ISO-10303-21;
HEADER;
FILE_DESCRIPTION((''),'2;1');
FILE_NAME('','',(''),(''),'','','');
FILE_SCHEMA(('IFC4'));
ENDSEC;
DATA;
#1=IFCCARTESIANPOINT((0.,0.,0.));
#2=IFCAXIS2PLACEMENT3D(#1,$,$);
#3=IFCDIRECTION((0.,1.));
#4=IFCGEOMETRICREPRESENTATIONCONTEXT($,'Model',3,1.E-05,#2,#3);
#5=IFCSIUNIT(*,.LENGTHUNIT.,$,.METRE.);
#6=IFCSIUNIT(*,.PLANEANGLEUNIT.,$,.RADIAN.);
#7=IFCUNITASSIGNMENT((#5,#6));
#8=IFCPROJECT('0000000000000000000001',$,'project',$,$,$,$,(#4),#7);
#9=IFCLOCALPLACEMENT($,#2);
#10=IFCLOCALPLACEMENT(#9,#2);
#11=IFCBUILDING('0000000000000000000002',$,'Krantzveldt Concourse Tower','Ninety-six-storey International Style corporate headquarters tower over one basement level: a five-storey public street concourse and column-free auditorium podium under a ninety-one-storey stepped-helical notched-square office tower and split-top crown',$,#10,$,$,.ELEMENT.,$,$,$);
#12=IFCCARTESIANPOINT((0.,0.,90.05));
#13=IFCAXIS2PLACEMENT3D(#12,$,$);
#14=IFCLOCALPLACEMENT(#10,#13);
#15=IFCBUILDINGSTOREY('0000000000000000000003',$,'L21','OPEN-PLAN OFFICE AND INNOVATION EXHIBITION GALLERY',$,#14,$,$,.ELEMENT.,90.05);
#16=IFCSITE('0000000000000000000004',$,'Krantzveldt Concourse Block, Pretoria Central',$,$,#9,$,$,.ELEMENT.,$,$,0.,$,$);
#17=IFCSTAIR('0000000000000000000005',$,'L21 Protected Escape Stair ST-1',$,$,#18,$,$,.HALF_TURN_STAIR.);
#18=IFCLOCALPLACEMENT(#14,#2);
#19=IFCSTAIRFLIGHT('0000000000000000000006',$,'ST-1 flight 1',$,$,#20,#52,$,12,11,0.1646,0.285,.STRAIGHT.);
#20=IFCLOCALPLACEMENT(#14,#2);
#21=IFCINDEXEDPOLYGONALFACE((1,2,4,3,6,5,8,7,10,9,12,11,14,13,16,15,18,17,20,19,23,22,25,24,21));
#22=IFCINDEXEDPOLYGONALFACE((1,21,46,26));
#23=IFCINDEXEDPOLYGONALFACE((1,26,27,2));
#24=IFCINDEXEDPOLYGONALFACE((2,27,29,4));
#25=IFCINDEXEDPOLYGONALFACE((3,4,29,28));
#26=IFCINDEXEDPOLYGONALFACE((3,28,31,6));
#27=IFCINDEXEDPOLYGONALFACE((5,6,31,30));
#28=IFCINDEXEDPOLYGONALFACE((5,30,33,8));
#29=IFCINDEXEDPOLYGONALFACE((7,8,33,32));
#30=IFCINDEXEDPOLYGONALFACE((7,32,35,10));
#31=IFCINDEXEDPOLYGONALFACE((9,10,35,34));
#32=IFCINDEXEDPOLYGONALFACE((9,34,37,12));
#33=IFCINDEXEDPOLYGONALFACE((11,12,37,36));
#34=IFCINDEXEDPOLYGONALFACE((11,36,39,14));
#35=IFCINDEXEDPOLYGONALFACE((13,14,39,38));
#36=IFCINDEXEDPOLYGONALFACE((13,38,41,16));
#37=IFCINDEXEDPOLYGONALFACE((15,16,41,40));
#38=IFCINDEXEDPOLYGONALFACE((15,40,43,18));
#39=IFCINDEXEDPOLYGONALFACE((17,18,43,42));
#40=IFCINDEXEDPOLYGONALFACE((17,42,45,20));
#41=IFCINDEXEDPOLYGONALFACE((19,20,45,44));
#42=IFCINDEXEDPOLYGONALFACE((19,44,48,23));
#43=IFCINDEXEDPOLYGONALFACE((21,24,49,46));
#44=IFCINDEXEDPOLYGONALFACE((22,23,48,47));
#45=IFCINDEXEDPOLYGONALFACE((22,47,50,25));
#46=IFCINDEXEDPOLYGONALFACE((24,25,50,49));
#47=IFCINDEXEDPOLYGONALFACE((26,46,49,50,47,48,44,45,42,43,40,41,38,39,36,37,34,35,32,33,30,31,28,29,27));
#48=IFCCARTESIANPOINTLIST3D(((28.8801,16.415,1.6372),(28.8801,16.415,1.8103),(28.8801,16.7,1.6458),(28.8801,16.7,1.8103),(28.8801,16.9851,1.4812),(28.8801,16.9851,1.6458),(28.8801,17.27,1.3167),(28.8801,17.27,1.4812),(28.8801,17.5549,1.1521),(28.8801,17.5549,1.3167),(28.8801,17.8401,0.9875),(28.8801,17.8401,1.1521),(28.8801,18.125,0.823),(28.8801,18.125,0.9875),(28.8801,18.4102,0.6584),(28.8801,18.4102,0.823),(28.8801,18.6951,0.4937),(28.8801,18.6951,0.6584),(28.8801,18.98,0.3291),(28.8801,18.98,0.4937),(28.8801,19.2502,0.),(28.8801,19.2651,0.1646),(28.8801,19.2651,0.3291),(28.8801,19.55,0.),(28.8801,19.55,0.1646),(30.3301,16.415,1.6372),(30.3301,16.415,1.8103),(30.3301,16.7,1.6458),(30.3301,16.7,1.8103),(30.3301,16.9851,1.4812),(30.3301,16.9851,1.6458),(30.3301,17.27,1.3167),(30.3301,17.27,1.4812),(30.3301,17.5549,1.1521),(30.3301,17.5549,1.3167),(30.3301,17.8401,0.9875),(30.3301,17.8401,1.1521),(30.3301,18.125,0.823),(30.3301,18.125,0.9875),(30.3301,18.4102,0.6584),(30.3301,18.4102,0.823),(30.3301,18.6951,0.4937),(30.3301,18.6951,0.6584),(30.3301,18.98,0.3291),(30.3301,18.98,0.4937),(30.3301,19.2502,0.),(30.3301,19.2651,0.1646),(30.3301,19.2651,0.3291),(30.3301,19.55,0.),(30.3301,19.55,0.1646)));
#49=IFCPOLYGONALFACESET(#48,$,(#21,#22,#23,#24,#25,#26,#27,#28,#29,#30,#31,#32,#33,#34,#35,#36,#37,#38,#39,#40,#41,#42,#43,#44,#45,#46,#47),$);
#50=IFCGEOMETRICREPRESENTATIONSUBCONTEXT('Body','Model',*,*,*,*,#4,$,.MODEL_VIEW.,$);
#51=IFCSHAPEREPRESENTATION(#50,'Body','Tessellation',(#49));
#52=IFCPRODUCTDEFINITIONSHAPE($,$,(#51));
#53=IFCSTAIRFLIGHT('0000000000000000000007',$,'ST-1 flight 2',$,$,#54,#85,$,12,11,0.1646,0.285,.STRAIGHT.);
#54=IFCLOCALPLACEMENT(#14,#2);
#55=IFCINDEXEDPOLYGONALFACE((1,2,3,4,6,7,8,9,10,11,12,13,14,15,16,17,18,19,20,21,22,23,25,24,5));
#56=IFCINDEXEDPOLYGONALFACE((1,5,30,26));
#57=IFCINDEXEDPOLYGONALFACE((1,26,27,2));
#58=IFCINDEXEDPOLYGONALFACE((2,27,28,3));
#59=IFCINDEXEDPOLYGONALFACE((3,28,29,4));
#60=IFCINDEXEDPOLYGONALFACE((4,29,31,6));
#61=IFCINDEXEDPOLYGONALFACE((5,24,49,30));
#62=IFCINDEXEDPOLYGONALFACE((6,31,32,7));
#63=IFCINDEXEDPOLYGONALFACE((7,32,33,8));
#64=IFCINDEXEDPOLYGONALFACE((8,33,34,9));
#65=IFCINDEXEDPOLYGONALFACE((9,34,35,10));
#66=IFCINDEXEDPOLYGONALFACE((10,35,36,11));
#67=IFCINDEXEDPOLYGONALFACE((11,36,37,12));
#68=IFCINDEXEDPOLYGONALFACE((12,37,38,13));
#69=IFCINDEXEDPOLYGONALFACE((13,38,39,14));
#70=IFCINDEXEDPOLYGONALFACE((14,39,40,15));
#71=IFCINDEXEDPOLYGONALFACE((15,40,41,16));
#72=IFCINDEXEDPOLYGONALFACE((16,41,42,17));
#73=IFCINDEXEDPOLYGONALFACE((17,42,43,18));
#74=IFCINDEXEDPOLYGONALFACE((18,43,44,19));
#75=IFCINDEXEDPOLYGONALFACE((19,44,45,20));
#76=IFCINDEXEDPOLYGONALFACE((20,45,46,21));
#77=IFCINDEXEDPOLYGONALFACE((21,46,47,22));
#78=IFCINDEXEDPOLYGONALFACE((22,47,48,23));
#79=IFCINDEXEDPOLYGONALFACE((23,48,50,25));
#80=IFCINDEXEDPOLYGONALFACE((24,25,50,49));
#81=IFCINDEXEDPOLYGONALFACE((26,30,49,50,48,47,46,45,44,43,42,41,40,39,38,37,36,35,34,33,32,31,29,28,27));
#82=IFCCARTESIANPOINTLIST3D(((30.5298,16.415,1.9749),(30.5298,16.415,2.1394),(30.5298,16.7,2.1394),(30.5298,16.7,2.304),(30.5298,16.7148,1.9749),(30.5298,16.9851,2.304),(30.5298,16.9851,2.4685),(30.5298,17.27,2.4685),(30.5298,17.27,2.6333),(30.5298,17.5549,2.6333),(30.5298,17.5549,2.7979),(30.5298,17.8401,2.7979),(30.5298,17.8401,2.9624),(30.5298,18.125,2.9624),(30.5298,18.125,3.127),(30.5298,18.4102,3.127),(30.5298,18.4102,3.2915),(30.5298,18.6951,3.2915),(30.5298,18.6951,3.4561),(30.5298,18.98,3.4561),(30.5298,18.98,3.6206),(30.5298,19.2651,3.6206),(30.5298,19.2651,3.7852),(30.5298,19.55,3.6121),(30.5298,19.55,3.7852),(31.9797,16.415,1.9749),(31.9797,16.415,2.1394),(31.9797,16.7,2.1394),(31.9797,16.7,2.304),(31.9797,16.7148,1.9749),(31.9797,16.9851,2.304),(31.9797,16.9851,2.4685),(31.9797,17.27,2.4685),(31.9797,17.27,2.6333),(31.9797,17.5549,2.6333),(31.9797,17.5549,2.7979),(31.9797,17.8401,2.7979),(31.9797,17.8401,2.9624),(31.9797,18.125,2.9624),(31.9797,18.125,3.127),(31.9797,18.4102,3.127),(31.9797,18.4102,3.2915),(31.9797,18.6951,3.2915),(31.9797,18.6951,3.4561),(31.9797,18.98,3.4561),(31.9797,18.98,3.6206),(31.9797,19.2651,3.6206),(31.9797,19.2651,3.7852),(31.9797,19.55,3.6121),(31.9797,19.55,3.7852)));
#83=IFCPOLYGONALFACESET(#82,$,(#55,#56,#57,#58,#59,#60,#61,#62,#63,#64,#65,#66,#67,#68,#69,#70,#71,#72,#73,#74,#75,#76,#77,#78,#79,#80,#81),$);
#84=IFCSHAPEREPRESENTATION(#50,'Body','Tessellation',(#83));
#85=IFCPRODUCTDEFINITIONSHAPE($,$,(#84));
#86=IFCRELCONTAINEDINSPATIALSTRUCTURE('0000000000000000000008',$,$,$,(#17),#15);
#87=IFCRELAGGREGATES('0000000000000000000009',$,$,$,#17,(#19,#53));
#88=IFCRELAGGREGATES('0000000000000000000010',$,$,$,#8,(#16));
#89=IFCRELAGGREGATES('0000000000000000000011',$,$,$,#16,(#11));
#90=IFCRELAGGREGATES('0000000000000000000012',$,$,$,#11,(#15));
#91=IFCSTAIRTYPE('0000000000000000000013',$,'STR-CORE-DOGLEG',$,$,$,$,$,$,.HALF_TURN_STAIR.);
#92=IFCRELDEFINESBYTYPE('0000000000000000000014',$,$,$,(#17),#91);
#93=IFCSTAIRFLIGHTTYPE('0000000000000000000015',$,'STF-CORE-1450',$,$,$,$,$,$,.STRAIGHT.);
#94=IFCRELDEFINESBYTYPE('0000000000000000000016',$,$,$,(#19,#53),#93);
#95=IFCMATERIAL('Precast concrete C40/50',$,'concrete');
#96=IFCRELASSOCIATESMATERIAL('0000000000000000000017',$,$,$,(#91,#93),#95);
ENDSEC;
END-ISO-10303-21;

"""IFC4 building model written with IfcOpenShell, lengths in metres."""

from ifc_helpers import new_model, si_unit, direction, frame, origin, place, context, subcontext, project, spatial, polyline, outline, extrude, material, type_object, element, aggregate, save


model = new_model("IFC4")

# Units and contexts
model_context = context("Model", 3, precision=1e-05, world=origin(), true_north=direction((0.0, 1.0)))
body_context = subcontext(model_context, "Body", "Model", "MODEL_VIEW")
ifc_project = project(units=[si_unit("LENGTHUNIT", "METRE"), si_unit("PLANEANGLEUNIT", "RADIAN")], contexts=[model_context])

# Site, building, storey
site_placement = place(None, origin())
site = spatial("IfcSite", under=ifc_project, at=site_placement, Name="Krantzveldt Concourse Block, Pretoria Central", CompositionType="ELEMENT", RefElevation=0.0)
building_placement = place(site_placement, origin())
building = spatial("IfcBuilding", under=site, at=building_placement, Name="Krantzveldt Concourse Tower", Description="Ninety-six-storey International Style corporate headquarters tower over one basement level: a five-storey public street concourse and column-free auditorium podium under a ninety-one-storey stepped-helical notched-square office tower and split-top crown", CompositionType="ELEMENT")
storey_placement = place(building_placement, frame((0.0, 0.0, 90.05)))
storey = spatial("IfcBuildingStorey", under=building, at=storey_placement, Name="L21", Description="OPEN-PLAN OFFICE AND INNOVATION EXHIBITION GALLERY", CompositionType="ELEMENT", Elevation=90.05)

# Stair, stair flights
ifc_material_1 = material(Name="Precast concrete C40/50", Category="concrete")
stair_type = type_object("IfcStairType", Name="STR-CORE-DOGLEG", PredefinedType="HALF_TURN_STAIR", material=ifc_material_1)
stair_placement = place(storey_placement, origin())
stair = element("IfcStair", 1, at=stair_placement, inside=storey, type_object=stair_type, Name="L21 Protected Escape Stair ST-1", PredefinedType="HALF_TURN_STAIR")
stair_flight_type = type_object("IfcStairFlightType", Name="STF-CORE-1450", PredefinedType="STRAIGHT", material=ifc_material_1)
stair_flight_1_placement = place(storey_placement, frame((29.605, 19.55, 0.0), z_axis=(0.0, 0.0, 1.0), x_axis=(0.0, -1.0, 0.0)))
stair_flight_1 = element("IfcStairFlight", 2, at=stair_flight_1_placement, type_object=stair_flight_type, Name="ST-1 flight 1", NumberOfRisers=12, NumberOfTreads=11, PredefinedType="STRAIGHT", RiserHeight=0.1646, TreadLength=0.285, context=body_context, shape_type="SweptSolid", body=[
    extrude(outline(polyline([(0.0, 0.0), (0.0, 0.1646), (0.2849, 0.1646), (0.2849, 0.3291), (0.5701, 0.3291), (0.5701, 0.4937), (0.855, 0.4937), (0.855, 0.6584), (1.1399, 0.6584), (1.1399, 0.823), (1.425, 0.823), (1.425, 0.9875), (1.71, 0.9875), (1.71, 1.1521), (1.9951, 1.1521), (1.9951, 1.3167), (2.28, 1.3167), (2.28, 1.4812), (2.5649, 1.4812), (2.5649, 1.6458), (2.8501, 1.6458), (2.8501, 1.8103), (3.135, 1.8103), (3.135, 1.9751), (3.135, 1.6372), (0.2998, 0.0), (0.0, 0.0)])), frame((0.0, 0.7251, 0.0), z_axis=(0.0, -1.0, 0.0), x_axis=(1.0, 0.0, 0.0)), (0.0, 0.0, 1.0), 1.45),
])
stair_flight_2_placement = place(storey_placement, frame((31.2549, 16.415, 1.9749), z_axis=(0.0, 0.0, 1.0), x_axis=(0.0, 1.0, 0.0)))
stair_flight_2 = element("IfcStairFlight", 3, at=stair_flight_2_placement, type_object=stair_flight_type, Name="ST-1 flight 2", NumberOfRisers=12, NumberOfTreads=11, PredefinedType="STRAIGHT", RiserHeight=0.1646, TreadLength=0.285, context=body_context, shape_type="SweptSolid", body=[
    extrude(outline(polyline([(0.0, 0.0), (0.0, 0.1646), (0.2849, 0.1646), (0.2849, 0.3291), (0.5701, 0.3291), (0.5701, 0.4937), (0.855, 0.4937), (0.855, 0.6584), (1.1399, 0.6584), (1.1399, 0.823), (1.425, 0.823), (1.425, 0.9875), (1.71, 0.9875), (1.71, 1.1521), (1.9951, 1.1521), (1.9951, 1.3167), (2.28, 1.3167), (2.28, 1.4812), (2.5649, 1.4812), (2.5649, 1.6458), (2.8501, 1.6458), (2.8501, 1.8103), (3.135, 1.8103), (3.135, 1.9751), (3.135, 1.6372), (0.2998, 0.0), (0.0, 0.0)])), frame((0.0, 0.7251, 0.0), z_axis=(0.0, -1.0, 0.0), x_axis=(1.0, 0.0, 0.0)), (0.0, 0.0, 1.0), 1.45),
])
aggregate(stair, [stair_flight_1, stair_flight_2])

save(model, "model.ifc")
